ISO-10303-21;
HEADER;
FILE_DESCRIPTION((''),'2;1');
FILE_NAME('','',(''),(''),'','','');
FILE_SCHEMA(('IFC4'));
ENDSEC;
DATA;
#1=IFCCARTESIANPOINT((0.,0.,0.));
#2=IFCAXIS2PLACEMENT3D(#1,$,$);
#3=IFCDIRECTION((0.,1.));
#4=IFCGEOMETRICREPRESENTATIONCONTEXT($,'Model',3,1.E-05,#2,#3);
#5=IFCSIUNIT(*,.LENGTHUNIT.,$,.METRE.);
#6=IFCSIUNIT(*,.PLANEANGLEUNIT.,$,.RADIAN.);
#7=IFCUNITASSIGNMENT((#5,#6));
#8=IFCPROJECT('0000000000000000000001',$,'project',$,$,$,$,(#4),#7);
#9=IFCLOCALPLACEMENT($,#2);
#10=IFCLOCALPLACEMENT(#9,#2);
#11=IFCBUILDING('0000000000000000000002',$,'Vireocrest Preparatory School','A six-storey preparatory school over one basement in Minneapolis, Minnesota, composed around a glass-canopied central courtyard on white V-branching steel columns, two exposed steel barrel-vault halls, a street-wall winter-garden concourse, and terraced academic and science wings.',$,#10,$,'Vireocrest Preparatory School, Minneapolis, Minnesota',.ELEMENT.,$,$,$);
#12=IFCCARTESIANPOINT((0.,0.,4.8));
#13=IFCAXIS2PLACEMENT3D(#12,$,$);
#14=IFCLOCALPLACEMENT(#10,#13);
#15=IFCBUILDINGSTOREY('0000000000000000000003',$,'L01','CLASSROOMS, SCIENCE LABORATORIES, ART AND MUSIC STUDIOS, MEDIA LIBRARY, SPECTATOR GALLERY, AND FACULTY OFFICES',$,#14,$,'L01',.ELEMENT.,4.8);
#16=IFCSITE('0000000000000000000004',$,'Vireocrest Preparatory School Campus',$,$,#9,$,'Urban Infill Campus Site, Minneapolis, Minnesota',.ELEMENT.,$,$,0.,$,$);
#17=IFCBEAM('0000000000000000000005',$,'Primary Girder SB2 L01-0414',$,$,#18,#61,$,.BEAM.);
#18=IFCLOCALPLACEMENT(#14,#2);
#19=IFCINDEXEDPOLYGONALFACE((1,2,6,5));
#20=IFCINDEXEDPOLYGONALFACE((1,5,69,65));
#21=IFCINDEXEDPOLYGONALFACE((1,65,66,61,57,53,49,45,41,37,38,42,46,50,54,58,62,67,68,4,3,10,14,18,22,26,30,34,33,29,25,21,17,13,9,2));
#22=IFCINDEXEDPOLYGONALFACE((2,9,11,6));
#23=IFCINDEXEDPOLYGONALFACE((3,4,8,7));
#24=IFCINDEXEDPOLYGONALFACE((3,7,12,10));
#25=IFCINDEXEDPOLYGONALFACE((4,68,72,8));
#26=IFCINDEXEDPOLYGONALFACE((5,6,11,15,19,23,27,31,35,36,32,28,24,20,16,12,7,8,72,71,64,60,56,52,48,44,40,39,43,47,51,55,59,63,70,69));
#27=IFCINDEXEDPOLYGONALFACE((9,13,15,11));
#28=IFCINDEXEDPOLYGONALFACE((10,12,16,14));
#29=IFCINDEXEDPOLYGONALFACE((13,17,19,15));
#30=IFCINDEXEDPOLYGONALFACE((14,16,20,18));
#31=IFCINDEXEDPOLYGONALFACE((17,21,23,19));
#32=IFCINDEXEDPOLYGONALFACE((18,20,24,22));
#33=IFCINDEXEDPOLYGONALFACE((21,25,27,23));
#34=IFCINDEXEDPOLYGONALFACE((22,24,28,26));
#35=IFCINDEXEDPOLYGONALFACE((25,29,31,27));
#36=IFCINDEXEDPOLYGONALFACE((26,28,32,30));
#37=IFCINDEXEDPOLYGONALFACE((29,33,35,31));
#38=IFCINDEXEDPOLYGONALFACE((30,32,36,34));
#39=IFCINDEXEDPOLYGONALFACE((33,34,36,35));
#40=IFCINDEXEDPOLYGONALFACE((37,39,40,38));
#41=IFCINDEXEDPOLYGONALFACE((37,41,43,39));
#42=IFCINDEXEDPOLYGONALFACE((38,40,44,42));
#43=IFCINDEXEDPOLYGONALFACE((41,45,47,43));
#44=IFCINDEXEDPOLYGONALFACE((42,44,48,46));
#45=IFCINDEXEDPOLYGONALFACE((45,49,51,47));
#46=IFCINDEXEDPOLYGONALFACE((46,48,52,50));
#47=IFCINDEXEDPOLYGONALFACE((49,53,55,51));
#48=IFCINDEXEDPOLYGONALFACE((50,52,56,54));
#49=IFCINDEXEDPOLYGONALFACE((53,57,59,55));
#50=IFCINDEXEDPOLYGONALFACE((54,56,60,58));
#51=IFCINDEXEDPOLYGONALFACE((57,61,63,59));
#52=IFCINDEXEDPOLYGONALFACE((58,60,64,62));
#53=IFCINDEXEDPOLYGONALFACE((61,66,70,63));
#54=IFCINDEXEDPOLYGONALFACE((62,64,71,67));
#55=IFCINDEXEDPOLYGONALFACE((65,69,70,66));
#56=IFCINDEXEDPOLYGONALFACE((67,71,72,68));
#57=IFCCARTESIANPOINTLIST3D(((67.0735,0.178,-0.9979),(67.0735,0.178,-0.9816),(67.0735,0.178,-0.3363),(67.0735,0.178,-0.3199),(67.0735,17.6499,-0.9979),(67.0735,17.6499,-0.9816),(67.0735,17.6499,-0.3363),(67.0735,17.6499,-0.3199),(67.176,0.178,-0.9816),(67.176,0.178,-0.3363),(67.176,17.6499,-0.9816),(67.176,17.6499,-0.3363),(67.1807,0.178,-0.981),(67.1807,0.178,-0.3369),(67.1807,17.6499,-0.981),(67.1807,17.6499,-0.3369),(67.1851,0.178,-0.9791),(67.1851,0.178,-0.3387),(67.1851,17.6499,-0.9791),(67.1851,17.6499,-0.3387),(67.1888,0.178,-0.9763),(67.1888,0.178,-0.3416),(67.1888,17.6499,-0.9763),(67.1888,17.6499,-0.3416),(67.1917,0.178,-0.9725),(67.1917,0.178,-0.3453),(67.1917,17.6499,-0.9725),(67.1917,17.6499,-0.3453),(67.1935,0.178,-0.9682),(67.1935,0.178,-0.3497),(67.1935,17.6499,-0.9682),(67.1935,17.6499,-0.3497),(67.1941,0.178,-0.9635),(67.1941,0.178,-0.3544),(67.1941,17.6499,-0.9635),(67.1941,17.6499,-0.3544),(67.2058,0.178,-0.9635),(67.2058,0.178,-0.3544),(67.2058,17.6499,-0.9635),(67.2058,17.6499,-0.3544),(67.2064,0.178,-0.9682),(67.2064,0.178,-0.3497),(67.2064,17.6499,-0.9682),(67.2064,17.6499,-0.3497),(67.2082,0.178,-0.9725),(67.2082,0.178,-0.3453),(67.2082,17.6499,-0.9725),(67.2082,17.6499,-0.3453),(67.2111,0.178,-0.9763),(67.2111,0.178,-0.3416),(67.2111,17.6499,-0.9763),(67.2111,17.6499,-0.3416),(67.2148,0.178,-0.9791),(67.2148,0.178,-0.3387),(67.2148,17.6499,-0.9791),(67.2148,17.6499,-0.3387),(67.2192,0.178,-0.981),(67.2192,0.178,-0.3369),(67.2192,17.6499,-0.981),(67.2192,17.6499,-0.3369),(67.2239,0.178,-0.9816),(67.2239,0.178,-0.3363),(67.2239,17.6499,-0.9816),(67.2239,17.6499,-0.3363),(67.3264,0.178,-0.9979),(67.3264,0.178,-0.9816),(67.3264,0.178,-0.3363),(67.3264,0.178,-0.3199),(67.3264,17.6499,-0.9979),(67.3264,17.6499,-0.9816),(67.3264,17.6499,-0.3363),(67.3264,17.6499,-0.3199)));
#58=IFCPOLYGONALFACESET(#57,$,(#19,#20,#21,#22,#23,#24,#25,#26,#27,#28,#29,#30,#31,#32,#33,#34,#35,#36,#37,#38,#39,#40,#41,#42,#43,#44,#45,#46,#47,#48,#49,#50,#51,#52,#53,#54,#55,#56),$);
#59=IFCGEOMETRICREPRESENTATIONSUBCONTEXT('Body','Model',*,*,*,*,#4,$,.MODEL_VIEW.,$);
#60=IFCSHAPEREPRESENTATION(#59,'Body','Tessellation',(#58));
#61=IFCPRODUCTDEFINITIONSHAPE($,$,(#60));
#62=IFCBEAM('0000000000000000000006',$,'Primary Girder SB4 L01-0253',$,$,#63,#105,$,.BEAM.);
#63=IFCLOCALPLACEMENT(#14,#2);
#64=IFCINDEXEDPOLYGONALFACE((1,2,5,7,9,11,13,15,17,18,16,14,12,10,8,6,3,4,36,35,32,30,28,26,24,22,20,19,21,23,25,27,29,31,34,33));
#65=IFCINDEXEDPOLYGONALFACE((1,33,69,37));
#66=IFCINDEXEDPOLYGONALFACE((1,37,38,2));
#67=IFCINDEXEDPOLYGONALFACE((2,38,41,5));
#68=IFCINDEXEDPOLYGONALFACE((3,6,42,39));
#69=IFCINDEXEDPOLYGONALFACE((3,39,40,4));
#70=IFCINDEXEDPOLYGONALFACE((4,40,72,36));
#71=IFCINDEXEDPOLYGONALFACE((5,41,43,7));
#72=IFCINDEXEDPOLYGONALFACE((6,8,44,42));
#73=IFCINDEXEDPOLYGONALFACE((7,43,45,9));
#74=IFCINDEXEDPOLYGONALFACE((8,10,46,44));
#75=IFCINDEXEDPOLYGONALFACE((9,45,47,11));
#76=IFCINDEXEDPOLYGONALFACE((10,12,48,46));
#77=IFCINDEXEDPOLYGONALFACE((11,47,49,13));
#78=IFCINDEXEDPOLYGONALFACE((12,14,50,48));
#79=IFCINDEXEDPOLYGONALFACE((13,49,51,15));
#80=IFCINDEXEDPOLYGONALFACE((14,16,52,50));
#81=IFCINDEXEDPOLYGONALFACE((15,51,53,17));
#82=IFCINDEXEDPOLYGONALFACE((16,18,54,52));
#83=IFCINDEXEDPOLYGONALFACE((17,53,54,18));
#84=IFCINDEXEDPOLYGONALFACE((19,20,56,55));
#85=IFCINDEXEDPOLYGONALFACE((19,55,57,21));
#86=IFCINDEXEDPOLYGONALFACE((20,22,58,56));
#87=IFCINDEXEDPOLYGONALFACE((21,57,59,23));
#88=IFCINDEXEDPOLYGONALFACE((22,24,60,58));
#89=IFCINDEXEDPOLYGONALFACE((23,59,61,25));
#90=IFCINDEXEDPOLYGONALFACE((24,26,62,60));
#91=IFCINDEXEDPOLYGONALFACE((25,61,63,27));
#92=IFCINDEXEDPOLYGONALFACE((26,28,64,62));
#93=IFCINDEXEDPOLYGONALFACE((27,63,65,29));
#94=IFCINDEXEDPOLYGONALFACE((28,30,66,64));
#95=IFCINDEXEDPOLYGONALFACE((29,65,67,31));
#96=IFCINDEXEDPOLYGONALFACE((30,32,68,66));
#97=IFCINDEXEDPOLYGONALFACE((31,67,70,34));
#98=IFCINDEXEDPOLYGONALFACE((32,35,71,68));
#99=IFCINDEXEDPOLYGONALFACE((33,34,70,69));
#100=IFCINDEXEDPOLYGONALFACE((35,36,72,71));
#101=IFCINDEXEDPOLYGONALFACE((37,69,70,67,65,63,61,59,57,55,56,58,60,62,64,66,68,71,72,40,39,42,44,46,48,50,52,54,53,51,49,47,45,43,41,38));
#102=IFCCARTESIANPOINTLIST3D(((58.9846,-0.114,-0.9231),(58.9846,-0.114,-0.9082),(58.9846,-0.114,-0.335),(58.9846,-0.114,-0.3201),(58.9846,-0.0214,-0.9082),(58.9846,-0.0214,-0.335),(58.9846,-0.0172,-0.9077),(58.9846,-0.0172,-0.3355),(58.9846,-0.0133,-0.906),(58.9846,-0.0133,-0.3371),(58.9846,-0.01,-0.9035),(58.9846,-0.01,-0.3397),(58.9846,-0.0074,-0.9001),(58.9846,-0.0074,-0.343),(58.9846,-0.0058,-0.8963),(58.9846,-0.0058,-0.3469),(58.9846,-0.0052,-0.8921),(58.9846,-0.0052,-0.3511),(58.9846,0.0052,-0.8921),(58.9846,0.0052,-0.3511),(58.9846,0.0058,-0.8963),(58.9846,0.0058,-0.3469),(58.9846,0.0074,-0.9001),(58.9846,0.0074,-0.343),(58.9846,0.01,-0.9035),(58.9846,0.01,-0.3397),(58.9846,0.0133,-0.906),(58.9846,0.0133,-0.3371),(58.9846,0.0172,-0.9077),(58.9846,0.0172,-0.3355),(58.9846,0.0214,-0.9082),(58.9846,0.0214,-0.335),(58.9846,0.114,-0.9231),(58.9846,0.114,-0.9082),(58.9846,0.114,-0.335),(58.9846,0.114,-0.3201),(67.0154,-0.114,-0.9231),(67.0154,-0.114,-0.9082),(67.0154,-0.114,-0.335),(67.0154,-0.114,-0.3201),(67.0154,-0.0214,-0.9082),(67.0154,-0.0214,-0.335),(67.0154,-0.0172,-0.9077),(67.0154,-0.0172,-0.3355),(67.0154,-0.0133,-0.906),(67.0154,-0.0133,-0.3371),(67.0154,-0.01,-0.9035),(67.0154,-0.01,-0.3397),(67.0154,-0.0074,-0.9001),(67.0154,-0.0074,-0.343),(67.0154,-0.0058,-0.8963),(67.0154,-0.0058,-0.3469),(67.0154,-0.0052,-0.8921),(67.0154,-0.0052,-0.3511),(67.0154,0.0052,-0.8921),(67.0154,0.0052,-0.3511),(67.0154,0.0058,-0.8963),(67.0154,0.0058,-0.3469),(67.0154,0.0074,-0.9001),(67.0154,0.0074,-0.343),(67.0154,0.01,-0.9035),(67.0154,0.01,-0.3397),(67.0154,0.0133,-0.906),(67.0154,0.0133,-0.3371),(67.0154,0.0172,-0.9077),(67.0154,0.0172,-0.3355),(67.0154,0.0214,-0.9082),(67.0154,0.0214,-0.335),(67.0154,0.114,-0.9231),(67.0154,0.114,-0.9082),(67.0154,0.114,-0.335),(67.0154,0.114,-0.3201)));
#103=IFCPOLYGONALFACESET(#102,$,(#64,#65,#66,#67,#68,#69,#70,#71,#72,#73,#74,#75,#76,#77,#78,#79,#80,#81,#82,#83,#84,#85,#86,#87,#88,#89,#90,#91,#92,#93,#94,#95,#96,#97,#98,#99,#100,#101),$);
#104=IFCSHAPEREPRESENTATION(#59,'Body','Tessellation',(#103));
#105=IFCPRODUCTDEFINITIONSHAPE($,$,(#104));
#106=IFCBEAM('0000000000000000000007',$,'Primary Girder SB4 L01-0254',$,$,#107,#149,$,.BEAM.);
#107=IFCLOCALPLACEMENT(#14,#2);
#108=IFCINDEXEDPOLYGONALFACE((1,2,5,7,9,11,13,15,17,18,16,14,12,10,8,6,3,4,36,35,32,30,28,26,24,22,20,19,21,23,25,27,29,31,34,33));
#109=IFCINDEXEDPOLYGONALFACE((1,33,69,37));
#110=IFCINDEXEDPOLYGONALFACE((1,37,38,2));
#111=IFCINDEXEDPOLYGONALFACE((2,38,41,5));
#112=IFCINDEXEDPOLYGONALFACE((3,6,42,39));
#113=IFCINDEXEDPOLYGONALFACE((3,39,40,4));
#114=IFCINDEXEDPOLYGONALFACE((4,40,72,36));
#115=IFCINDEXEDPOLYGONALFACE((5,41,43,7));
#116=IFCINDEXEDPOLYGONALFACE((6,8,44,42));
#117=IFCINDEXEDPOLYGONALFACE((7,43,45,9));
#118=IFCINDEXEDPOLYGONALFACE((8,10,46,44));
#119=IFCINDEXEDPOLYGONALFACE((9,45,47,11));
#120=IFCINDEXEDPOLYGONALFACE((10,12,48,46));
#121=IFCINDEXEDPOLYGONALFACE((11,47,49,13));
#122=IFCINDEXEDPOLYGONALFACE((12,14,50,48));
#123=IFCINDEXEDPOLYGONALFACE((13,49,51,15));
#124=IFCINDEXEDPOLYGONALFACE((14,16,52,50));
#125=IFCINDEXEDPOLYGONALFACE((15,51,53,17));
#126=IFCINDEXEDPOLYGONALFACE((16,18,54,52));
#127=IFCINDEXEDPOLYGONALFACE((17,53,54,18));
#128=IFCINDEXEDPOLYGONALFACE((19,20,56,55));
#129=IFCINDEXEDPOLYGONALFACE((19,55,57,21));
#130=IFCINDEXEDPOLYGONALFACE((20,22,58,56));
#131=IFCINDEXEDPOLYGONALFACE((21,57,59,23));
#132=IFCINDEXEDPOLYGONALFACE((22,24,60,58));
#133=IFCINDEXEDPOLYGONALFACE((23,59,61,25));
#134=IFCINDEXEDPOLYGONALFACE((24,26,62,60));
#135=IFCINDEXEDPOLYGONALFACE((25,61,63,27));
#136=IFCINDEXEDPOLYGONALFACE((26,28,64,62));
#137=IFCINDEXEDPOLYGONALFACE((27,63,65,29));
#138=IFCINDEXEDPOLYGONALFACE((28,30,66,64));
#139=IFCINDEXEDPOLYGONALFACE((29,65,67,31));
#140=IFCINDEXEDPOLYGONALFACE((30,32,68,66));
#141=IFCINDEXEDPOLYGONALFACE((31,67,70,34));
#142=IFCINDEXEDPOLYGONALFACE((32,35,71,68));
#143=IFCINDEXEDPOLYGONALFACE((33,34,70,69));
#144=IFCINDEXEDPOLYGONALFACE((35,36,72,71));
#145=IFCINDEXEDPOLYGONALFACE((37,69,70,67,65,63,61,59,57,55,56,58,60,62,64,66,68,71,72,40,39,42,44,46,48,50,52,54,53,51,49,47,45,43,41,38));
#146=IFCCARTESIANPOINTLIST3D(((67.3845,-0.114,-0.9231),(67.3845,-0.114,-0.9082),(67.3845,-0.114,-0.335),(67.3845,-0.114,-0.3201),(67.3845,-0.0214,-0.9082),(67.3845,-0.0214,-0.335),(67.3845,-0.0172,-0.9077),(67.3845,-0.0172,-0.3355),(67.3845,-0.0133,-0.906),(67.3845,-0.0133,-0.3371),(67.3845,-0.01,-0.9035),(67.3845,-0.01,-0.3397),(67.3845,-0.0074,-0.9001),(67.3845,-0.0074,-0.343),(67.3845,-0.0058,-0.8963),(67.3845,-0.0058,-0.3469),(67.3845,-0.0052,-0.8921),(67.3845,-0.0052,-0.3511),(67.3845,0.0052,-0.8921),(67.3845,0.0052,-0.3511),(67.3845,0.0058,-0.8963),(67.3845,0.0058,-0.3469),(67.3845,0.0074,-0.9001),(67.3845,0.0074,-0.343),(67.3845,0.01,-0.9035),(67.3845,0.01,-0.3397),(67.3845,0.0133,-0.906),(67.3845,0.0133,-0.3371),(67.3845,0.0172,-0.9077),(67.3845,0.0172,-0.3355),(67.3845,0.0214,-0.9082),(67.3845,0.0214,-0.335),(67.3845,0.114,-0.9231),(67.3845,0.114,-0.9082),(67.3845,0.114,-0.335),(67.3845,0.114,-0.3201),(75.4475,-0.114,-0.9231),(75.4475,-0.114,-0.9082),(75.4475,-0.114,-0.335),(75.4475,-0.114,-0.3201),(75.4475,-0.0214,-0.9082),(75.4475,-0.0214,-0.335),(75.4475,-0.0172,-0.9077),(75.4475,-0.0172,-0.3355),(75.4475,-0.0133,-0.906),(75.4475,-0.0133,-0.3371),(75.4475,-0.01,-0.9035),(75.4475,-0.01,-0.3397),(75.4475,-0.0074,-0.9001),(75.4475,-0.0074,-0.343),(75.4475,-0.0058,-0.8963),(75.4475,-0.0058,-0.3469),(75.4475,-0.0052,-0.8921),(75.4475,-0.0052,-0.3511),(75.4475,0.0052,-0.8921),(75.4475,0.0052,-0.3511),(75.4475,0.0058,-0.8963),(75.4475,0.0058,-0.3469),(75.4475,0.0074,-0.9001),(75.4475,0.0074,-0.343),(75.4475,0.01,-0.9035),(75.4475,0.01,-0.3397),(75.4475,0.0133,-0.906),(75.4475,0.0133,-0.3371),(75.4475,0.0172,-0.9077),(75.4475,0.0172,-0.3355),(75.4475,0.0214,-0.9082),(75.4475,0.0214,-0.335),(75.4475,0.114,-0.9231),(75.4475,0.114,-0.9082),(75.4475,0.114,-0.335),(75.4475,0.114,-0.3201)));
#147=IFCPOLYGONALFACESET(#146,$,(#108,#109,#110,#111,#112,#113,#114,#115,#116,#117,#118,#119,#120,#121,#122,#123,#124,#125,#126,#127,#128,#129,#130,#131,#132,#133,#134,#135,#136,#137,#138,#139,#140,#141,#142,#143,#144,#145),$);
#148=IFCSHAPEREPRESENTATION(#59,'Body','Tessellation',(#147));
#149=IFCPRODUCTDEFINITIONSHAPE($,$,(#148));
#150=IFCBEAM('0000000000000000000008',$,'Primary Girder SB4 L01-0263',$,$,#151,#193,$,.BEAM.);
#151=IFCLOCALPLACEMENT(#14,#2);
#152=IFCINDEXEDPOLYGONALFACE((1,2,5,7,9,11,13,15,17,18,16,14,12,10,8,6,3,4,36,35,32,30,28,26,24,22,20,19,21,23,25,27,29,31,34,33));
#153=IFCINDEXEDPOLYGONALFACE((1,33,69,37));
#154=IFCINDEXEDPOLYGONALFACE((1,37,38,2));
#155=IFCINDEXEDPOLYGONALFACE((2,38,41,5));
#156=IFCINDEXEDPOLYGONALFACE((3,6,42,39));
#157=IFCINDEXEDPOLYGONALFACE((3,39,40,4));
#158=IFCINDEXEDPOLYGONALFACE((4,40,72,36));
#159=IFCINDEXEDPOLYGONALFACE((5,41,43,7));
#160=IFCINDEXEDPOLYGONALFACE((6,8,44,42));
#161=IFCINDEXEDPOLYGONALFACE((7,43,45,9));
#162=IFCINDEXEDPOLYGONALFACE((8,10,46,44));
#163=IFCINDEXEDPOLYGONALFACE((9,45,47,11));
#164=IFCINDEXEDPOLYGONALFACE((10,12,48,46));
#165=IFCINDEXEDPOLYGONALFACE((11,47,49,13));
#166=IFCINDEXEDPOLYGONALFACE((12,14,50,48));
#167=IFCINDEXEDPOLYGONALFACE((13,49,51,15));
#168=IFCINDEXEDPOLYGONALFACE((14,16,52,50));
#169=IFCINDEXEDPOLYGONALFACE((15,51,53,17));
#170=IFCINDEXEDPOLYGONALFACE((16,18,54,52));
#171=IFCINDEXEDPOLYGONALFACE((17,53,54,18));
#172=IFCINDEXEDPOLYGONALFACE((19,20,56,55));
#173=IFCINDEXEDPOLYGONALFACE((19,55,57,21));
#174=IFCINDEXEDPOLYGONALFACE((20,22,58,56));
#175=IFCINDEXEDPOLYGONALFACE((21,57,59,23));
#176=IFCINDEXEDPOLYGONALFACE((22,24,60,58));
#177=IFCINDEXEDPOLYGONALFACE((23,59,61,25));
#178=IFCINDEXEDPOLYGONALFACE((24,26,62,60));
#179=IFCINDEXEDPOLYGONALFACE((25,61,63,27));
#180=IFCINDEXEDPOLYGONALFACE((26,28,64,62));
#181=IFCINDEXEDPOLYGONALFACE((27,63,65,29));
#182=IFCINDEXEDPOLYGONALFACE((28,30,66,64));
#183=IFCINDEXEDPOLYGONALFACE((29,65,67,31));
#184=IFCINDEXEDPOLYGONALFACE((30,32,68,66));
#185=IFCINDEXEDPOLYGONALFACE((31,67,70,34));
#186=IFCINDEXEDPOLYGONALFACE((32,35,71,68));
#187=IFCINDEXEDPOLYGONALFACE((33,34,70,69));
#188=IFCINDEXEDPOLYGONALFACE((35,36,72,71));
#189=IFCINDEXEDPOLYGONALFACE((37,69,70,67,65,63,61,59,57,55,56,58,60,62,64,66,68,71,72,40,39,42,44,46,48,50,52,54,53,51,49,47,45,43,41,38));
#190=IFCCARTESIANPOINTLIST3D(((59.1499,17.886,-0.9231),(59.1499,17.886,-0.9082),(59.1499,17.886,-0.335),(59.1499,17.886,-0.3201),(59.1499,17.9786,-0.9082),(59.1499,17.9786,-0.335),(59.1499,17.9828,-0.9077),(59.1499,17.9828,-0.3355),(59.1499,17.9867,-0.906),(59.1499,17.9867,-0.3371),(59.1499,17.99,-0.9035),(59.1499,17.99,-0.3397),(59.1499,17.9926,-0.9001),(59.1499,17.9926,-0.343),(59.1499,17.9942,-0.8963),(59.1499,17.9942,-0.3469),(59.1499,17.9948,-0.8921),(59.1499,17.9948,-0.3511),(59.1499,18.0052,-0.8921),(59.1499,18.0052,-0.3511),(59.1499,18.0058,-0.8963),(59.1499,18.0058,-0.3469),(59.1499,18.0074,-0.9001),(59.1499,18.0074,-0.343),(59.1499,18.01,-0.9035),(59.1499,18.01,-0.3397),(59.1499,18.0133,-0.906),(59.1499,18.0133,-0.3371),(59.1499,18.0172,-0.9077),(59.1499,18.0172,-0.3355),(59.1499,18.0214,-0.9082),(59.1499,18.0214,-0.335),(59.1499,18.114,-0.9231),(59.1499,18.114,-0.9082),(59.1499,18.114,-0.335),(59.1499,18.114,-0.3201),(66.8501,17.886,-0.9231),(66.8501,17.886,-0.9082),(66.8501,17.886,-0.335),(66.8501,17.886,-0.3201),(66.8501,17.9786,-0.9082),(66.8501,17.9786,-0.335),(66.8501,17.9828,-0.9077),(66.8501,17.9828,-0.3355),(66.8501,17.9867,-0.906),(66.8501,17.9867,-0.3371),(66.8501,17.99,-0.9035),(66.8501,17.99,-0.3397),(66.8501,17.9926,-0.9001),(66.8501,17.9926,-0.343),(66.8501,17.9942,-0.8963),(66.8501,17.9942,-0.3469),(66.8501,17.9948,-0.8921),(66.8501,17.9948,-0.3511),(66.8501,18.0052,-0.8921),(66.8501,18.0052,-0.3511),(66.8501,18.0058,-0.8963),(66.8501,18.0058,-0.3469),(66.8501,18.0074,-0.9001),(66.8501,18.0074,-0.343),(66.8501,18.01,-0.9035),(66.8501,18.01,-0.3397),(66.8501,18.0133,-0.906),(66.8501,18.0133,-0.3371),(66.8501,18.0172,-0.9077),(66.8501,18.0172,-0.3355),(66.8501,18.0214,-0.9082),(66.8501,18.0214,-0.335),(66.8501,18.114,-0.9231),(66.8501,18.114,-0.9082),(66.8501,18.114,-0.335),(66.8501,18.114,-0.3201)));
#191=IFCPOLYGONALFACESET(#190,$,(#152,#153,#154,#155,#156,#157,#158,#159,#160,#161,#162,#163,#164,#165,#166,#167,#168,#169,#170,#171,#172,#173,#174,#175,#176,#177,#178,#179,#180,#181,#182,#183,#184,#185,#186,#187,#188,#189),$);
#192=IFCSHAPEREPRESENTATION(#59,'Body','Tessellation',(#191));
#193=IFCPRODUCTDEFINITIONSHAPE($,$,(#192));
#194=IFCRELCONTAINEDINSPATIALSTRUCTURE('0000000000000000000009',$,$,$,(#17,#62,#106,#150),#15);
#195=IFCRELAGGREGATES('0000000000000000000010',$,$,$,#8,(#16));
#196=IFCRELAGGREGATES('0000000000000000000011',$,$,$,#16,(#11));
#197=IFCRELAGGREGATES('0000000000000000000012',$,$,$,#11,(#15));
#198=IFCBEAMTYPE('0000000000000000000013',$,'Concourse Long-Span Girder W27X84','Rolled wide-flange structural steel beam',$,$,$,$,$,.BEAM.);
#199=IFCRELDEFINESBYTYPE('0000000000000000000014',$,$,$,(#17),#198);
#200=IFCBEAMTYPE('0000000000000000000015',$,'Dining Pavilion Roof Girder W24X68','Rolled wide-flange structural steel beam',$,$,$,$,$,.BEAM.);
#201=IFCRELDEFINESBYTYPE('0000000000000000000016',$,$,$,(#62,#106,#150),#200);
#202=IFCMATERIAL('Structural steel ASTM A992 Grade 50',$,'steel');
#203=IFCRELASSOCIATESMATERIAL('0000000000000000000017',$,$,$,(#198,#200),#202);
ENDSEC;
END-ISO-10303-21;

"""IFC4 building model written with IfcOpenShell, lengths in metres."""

from ifc_helpers import new_model, si_unit, direction, frame, origin, origin_2d, place, context, subcontext, project, spatial, i_section, extrude, material, material_profile, profile_set, type_object, element, save


model = new_model("IFC4")

# Units and contexts
model_context = context("Model", 3, precision=1e-05, world=origin(), true_north=direction((0.0, 1.0)))
body_context = subcontext(model_context, "Body", "Model", "MODEL_VIEW")
ifc_project = project(units=[si_unit("LENGTHUNIT", "METRE"), si_unit("PLANEANGLEUNIT", "RADIAN")], contexts=[model_context])

# Site, building, storey
site_placement = place(None, origin())
site = spatial("IfcSite", under=ifc_project, at=site_placement, Name="Vireocrest Preparatory School Campus", LongName="Urban Infill Campus Site, Minneapolis, Minnesota", CompositionType="ELEMENT", RefElevation=0.0)
building_placement = place(site_placement, origin())
building = spatial("IfcBuilding", under=site, at=building_placement, Name="Vireocrest Preparatory School", Description="A six-storey preparatory school over one basement in Minneapolis, Minnesota, composed around a glass-canopied central courtyard on white V-branching steel columns, two exposed steel barrel-vault halls, a street-wall winter-garden concourse, and terraced academic and science wings.", LongName="Vireocrest Preparatory School, Minneapolis, Minnesota", CompositionType="ELEMENT")
storey_placement = place(building_placement, frame((0.0, 0.0, 4.8)))
storey = spatial("IfcBuildingStorey", under=building, at=storey_placement, Name="L01", Description="CLASSROOMS, SCIENCE LABORATORIES, ART AND MUSIC STUDIOS, MEDIA LIBRARY, SPECTATOR GALLERY, AND FACULTY OFFICES", LongName="L01", CompositionType="ELEMENT", Elevation=4.8)

# Beams
ifc_material_1 = material(Name="Structural steel ASTM A992 Grade 50", Category="steel")
ifc_material_profile_1 = material_profile(ifc_material_1, i_section(OverallWidth=0.2529, OverallDepth=0.678, WebThickness=0.0117, FlangeThickness=0.0164, FilletRadius=0.0181, at=origin_2d()), Name="W27X84")
ifc_profile_set_1 = profile_set([ifc_material_profile_1], Name="Structural steel ASTM A992 Grade 50")
beam_type_1 = type_object("IfcBeamType", Name="Concourse Long-Span Girder W27X84", Description="Rolled wide-flange structural steel beam", PredefinedType="BEAM", material=ifc_profile_set_1)
for number, where, z_axis, x_axis, name in (
    (1, (67.2, 0.178, -0.6589), (0.0, 1.0, 0.0), (-1.0, 0.0, 0.0), "Primary Girder SB2 L01-0414"),
):
    element("IfcBeam", number, at=place(storey_placement, frame(where, z_axis=z_axis, x_axis=x_axis)), inside=storey, type_object=beam_type_1, Name=name, PredefinedType="BEAM", context=body_context, shape_type="SweptSolid", body=[
        extrude(i_section(OverallWidth=0.2529, OverallDepth=0.678, WebThickness=0.0117, FlangeThickness=0.0164, FilletRadius=0.0181, at=origin_2d()), origin(), (0.0, 0.0, 1.0), 17.4719),
    ])
ifc_material_profile_2 = material_profile(ifc_material_1, i_section(OverallWidth=0.228, OverallDepth=0.603, WebThickness=0.0105, FlangeThickness=0.0149, FilletRadius=0.0161, at=origin_2d()), Name="W24X68")
ifc_profile_set_2 = profile_set([ifc_material_profile_2], Name="Structural steel ASTM A992 Grade 50")
beam_type_2 = type_object("IfcBeamType", Name="Dining Pavilion Roof Girder W24X68", Description="Rolled wide-flange structural steel beam", PredefinedType="BEAM", material=ifc_profile_set_2)
beam_1_placement = place(storey_placement, frame((58.9846, 0.0, -0.6216), z_axis=(1.0, 0.0, 0.0), x_axis=(0.0, 1.0, 0.0)))
element("IfcBeam", 2, at=beam_1_placement, inside=storey, type_object=beam_type_2, Name="Primary Girder SB4 L01-0253", PredefinedType="BEAM", context=body_context, shape_type="SweptSolid", body=[
    extrude(i_section(OverallWidth=0.228, OverallDepth=0.603, WebThickness=0.0105, FlangeThickness=0.0149, FilletRadius=0.0161, at=origin_2d()), origin(), (0.0, 0.0, 1.0), 8.0308),
])
beam_2_placement = place(storey_placement, frame((67.3845, 0.0, -0.6216), z_axis=(1.0, 0.0, 0.0), x_axis=(0.0, 1.0, 0.0)))
element("IfcBeam", 3, at=beam_2_placement, inside=storey, type_object=beam_type_2, Name="Primary Girder SB4 L01-0254", PredefinedType="BEAM", context=body_context, shape_type="SweptSolid", body=[
    extrude(i_section(OverallWidth=0.228, OverallDepth=0.603, WebThickness=0.0105, FlangeThickness=0.0149, FilletRadius=0.0161, at=origin_2d()), origin(), (0.0, 0.0, 1.0), 8.063),
])
beam_3_placement = place(storey_placement, frame((59.1499, 18.0, -0.6216), z_axis=(1.0, 0.0, 0.0), x_axis=(0.0, 1.0, 0.0)))
element("IfcBeam", 4, at=beam_3_placement, inside=storey, type_object=beam_type_2, Name="Primary Girder SB4 L01-0263", PredefinedType="BEAM", context=body_context, shape_type="SweptSolid", body=[
    extrude(i_section(OverallWidth=0.228, OverallDepth=0.603, WebThickness=0.0105, FlangeThickness=0.0149, FilletRadius=0.0161, at=origin_2d()), origin(), (0.0, 0.0, 1.0), 7.7002),
])

save(model, "model.ifc")
